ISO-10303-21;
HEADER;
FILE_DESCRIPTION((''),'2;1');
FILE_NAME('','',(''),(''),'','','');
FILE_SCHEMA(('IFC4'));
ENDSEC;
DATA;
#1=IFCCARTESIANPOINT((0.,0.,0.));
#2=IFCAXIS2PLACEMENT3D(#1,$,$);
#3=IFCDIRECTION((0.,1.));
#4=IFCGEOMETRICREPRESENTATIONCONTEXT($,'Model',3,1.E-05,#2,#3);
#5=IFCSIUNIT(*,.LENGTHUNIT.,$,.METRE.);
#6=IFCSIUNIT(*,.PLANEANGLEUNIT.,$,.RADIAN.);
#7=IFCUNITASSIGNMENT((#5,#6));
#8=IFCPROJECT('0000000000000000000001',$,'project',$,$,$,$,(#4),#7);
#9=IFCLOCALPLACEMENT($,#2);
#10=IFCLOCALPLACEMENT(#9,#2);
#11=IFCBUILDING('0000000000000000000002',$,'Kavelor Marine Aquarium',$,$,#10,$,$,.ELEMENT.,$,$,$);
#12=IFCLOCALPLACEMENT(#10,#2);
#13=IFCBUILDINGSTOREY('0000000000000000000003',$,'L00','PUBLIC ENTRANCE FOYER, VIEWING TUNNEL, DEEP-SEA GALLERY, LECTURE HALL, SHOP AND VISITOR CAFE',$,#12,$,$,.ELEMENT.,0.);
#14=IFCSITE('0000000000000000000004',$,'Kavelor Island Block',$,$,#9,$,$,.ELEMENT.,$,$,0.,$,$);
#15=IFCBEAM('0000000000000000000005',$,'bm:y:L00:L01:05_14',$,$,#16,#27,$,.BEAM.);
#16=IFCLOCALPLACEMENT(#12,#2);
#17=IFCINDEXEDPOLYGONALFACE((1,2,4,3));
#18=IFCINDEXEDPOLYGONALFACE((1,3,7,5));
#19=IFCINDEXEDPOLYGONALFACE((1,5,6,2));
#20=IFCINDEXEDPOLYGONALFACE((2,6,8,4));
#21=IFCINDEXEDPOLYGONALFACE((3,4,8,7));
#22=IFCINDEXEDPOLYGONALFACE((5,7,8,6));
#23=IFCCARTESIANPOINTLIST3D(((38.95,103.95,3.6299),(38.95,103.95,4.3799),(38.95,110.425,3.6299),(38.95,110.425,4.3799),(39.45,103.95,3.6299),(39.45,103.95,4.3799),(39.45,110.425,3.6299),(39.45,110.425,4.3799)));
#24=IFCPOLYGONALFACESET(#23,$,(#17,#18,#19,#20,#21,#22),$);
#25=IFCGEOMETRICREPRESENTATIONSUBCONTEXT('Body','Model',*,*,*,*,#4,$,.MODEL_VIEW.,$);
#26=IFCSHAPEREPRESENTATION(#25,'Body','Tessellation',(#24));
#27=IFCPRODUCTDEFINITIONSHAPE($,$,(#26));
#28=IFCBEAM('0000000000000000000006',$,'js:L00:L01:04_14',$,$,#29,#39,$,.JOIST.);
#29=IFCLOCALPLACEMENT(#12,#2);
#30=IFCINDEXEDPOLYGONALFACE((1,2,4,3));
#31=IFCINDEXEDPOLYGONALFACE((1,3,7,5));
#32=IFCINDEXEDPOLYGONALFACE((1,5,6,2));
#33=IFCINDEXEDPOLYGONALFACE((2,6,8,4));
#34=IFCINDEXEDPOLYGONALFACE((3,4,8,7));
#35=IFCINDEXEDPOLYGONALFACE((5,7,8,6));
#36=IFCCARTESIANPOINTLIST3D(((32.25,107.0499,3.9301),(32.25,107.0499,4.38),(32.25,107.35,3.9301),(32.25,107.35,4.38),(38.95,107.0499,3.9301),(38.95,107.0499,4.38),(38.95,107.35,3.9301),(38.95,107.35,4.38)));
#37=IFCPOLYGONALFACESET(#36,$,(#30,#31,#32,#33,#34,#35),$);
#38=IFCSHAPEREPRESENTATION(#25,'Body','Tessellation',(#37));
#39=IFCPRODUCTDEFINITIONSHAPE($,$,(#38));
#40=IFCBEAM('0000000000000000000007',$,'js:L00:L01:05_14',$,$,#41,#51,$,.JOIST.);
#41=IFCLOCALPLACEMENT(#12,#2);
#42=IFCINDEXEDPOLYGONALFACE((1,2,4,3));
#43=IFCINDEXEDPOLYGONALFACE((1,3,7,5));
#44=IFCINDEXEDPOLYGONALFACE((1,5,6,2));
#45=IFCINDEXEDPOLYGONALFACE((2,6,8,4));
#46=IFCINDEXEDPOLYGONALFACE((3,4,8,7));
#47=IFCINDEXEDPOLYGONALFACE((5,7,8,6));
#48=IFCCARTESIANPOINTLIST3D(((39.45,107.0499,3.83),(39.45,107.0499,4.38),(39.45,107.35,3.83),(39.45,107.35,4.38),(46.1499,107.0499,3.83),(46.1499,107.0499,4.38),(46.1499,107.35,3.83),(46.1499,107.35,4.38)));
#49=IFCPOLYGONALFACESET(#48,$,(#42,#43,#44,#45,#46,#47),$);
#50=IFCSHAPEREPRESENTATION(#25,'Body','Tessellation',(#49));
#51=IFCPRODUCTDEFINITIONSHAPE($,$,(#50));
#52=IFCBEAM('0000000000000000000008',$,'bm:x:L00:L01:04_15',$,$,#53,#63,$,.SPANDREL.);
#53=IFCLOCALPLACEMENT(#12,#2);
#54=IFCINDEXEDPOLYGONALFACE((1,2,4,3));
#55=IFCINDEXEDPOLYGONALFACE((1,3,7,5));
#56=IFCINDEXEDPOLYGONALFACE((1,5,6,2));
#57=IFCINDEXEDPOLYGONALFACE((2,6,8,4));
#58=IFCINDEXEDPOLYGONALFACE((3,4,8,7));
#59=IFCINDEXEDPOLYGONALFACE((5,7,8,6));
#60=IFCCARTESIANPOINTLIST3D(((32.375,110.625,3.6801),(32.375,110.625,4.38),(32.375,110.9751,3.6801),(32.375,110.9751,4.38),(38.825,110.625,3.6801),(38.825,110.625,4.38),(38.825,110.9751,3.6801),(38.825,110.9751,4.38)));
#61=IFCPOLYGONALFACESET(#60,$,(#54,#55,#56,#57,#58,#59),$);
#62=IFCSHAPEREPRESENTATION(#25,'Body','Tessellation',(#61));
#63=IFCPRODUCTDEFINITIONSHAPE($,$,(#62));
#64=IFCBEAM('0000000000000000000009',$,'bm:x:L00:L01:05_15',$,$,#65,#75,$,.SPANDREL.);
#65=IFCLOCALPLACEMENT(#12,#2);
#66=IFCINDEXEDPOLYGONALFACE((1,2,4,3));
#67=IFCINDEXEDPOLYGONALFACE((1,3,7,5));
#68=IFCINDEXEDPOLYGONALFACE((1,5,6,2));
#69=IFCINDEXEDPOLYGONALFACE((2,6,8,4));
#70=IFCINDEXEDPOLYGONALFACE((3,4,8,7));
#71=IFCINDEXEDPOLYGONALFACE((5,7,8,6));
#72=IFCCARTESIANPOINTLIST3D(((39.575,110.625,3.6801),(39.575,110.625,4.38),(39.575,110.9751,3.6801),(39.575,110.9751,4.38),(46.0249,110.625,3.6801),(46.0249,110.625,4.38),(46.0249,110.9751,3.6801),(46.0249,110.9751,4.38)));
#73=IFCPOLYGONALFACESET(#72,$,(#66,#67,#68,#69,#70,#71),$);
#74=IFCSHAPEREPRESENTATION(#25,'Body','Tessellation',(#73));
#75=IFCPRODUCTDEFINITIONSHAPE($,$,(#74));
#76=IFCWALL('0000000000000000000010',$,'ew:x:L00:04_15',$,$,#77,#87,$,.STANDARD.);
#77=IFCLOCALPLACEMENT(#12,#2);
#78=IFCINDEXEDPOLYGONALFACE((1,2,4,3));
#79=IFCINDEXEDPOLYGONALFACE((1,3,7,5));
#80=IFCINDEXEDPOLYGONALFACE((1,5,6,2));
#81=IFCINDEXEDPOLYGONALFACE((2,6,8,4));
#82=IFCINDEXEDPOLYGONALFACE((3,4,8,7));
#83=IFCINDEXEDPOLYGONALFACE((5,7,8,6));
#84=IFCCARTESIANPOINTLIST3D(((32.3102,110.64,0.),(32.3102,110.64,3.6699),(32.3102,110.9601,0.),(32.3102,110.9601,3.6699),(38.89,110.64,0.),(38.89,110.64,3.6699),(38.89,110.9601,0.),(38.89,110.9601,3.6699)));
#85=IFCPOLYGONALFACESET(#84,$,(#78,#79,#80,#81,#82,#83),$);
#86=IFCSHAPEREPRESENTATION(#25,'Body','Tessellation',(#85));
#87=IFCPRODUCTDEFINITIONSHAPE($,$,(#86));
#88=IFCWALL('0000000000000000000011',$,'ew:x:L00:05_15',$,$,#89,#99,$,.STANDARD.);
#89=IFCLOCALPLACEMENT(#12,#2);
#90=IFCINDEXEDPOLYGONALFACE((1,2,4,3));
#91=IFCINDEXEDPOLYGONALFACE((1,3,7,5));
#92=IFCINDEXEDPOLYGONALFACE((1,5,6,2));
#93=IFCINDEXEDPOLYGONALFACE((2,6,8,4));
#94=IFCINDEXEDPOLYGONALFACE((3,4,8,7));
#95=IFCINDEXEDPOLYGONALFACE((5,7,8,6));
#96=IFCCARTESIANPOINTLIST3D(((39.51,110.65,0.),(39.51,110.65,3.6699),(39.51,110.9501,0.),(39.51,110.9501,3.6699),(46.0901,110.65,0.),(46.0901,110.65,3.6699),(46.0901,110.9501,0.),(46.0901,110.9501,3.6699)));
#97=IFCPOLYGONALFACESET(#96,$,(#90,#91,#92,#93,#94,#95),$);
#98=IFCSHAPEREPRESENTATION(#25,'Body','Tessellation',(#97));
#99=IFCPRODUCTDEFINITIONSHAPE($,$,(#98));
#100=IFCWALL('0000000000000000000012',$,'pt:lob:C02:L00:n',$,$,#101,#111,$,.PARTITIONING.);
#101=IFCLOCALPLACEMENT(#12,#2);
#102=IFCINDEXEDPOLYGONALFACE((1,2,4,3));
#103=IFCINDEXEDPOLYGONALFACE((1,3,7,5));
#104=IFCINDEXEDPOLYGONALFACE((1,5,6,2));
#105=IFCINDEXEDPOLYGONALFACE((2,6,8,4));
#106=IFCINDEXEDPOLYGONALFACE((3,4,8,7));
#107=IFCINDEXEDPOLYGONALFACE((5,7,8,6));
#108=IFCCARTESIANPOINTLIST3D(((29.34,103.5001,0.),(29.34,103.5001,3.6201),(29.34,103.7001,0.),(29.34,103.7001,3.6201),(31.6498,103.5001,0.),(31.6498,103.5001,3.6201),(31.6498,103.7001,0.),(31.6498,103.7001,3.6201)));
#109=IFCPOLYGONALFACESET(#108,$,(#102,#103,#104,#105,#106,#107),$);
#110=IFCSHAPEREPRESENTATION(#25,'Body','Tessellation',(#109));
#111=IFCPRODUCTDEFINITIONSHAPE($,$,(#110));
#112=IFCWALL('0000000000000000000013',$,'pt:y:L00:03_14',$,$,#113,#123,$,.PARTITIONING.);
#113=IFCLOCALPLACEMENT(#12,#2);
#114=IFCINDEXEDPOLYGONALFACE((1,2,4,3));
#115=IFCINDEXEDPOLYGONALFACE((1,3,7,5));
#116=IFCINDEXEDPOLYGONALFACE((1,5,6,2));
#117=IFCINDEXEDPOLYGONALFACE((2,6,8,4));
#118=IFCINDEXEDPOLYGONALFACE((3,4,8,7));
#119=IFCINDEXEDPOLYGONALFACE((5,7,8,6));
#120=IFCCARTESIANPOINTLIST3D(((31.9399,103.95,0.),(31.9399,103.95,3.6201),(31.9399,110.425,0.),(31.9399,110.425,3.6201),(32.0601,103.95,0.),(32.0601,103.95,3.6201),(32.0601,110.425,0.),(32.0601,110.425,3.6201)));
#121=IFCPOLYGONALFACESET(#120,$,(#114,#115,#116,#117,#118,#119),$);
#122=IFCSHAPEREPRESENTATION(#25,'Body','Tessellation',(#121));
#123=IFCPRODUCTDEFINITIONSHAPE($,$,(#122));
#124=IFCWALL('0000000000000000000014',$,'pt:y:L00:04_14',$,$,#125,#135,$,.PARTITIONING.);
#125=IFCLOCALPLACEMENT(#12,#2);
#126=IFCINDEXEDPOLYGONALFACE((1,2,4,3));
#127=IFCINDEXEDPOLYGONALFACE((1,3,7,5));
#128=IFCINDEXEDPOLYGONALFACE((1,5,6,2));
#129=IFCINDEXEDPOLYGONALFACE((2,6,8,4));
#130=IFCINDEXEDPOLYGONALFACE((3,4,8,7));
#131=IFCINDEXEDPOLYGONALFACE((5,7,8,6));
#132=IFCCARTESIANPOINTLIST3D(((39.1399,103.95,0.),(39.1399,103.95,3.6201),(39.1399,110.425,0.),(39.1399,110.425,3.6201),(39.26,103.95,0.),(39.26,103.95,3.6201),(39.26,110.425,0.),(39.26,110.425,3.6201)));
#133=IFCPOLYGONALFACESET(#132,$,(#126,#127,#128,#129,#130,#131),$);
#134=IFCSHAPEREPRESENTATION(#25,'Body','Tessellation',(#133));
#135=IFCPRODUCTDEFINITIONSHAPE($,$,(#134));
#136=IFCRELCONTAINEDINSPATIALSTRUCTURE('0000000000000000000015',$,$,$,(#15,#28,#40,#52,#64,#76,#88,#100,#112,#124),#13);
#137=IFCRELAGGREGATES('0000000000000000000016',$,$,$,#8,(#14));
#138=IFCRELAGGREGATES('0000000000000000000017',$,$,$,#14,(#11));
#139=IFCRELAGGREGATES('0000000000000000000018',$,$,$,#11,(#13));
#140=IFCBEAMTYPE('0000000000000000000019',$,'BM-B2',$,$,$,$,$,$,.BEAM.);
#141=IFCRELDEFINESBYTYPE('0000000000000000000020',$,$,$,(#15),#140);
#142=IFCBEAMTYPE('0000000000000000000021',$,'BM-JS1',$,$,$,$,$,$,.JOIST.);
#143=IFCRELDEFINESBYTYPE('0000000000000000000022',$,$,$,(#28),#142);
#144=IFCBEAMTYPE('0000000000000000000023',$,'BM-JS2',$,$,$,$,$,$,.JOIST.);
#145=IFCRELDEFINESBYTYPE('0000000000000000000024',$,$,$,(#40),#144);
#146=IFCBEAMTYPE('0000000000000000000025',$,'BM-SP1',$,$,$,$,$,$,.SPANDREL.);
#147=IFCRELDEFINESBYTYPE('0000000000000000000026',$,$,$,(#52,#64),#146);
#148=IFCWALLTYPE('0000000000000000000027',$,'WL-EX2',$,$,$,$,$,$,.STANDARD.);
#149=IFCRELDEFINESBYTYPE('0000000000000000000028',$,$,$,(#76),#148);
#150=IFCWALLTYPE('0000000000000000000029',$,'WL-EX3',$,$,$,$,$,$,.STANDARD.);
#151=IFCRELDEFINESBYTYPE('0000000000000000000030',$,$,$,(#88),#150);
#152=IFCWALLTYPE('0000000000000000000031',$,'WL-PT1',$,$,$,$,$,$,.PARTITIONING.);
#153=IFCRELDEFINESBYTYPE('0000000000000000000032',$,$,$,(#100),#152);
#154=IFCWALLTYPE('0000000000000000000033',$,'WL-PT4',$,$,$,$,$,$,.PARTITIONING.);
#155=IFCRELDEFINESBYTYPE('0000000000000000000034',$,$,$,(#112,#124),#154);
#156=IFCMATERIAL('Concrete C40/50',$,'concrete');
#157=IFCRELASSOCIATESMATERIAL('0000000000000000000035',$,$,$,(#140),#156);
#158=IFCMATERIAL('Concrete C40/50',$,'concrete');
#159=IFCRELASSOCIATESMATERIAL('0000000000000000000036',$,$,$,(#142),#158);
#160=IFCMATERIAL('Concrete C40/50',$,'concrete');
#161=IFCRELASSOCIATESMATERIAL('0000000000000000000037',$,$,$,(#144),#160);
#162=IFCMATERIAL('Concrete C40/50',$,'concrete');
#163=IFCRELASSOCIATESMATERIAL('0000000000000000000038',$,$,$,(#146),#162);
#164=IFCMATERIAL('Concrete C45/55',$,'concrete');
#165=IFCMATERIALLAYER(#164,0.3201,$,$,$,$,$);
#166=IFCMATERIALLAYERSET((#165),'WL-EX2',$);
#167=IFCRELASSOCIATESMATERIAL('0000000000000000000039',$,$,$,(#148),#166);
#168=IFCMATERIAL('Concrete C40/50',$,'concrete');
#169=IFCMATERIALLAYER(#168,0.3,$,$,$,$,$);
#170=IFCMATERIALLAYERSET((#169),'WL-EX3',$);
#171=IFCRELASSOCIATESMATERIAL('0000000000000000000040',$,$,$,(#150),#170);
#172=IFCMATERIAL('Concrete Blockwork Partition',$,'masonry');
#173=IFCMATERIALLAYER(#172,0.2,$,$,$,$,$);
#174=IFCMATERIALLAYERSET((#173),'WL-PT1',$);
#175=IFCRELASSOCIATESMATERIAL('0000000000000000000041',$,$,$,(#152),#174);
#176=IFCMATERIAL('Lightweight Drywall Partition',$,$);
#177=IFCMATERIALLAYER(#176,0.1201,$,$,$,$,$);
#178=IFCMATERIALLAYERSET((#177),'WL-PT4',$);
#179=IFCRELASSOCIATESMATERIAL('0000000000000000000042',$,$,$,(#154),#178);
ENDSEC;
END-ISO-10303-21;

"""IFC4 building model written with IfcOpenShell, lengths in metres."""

from ifc_helpers import new_model, si_unit, direction, frame, frame_2d, origin, origin_2d, place, context, subcontext, project, spatial, rectangle, extrude, material, layer, layer_set, material_profile, profile_set, type_object, element, save


model = new_model("IFC4")

# Units and contexts
model_context = context("Model", 3, precision=1e-05, world=origin(), true_north=direction((0.0, 1.0)))
body_context = subcontext(model_context, "Body", "Model", "MODEL_VIEW")
ifc_project = project(units=[si_unit("LENGTHUNIT", "METRE"), si_unit("PLANEANGLEUNIT", "RADIAN")], contexts=[model_context])

# Site, building, storey
site_placement = place(None, origin())
site = spatial("IfcSite", under=ifc_project, at=site_placement, Name="Kavelor Island Block", CompositionType="ELEMENT", RefElevation=0.0)
building_placement = place(site_placement, origin())
building = spatial("IfcBuilding", under=site, at=building_placement, Name="Kavelor Marine Aquarium", CompositionType="ELEMENT")
storey_placement = place(building_placement, origin())
storey = spatial("IfcBuildingStorey", under=building, at=storey_placement, Name="L00", Description="PUBLIC ENTRANCE FOYER, VIEWING TUNNEL, DEEP-SEA GALLERY, LECTURE HALL, SHOP AND VISITOR CAFE", CompositionType="ELEMENT", Elevation=0.0)

# Beams
ifc_material_1 = material(Name="Concrete C40/50", Category="concrete")
ifc_material_profile_1 = material_profile(ifc_material_1, rectangle(XDim=0.5, YDim=0.75, at=origin_2d()), Name="RC-BM 500x750")
ifc_profile_set_1 = profile_set([ifc_material_profile_1], Name="Concrete C40/50")
beam_type_1 = type_object("IfcBeamType", Name="BM-B2", PredefinedType="BEAM", material=ifc_profile_set_1)
for number, where, z_axis, x_axis, name in (
    (1, (39.2, 103.95, 4.0049), (0.0, 1.0, 0.0), (-1.0, 0.0, 0.0), "bm:y:L00:L01:05_14"),
):
    element("IfcBeam", number, at=place(storey_placement, frame(where, z_axis=z_axis, x_axis=x_axis)), inside=storey, type_object=beam_type_1, Name=name, PredefinedType="BEAM", context=body_context, shape_type="SweptSolid", body=[
        extrude(rectangle(XDim=0.5, YDim=0.75, at=origin_2d()), origin(), (0.0, 0.0, 1.0), 6.4751),
    ])
ifc_material_2 = material(Name="Concrete C40/50", Category="concrete")
ifc_material_profile_2 = material_profile(ifc_material_2, rectangle(XDim=0.3, YDim=0.45, at=origin_2d()), Name="RC-JS 300x450")
ifc_profile_set_2 = profile_set([ifc_material_profile_2], Name="Concrete C40/50")
beam_type_2 = type_object("IfcBeamType", Name="BM-JS1", PredefinedType="JOIST", material=ifc_profile_set_2)
beam_1_placement = place(storey_placement, frame((32.25, 107.2, 4.155), z_axis=(1.0, 0.0, 0.0), x_axis=(0.0, 1.0, 0.0)))
element("IfcBeam", 2, at=beam_1_placement, inside=storey, type_object=beam_type_2, Name="js:L00:L01:04_14", PredefinedType="JOIST", context=body_context, shape_type="SweptSolid", body=[
    extrude(rectangle(XDim=0.3, YDim=0.45, at=origin_2d()), origin(), (0.0, 0.0, 1.0), 6.7),
])
ifc_material_3 = material(Name="Concrete C40/50", Category="concrete")
ifc_material_profile_3 = material_profile(ifc_material_3, rectangle(XDim=0.3, YDim=0.55, at=origin_2d()), Name="RC-JS 300x550")
ifc_profile_set_3 = profile_set([ifc_material_profile_3], Name="Concrete C40/50")
beam_type_3 = type_object("IfcBeamType", Name="BM-JS2", PredefinedType="JOIST", material=ifc_profile_set_3)
beam_2_placement = place(storey_placement, frame((39.45, 107.2, 4.105), z_axis=(1.0, 0.0, 0.0), x_axis=(0.0, 1.0, 0.0)))
element("IfcBeam", 3, at=beam_2_placement, inside=storey, type_object=beam_type_3, Name="js:L00:L01:05_14", PredefinedType="JOIST", context=body_context, shape_type="SweptSolid", body=[
    extrude(rectangle(XDim=0.3, YDim=0.55, at=origin_2d()), origin(), (0.0, 0.0, 1.0), 6.7),
])
ifc_material_4 = material(Name="Concrete C40/50", Category="concrete")
ifc_material_profile_4 = material_profile(ifc_material_4, rectangle(XDim=0.3501, YDim=0.7, at=origin_2d()), Name="RC-SP 350x700")
ifc_profile_set_4 = profile_set([ifc_material_profile_4], Name="Concrete C40/50")
beam_type_4 = type_object("IfcBeamType", Name="BM-SP1", PredefinedType="SPANDREL", material=ifc_profile_set_4)
for number, where, z_axis, x_axis, name in (
    (4, (32.375, 110.8, 4.03), (1.0, 0.0, 0.0), (0.0, 1.0, 0.0), "bm:x:L00:L01:04_15"),
    (5, (39.575, 110.8, 4.03), (1.0, 0.0, 0.0), (0.0, 1.0, 0.0), "bm:x:L00:L01:05_15"),
):
    element("IfcBeam", number, at=place(storey_placement, frame(where, z_axis=z_axis, x_axis=x_axis)), inside=storey, type_object=beam_type_4, Name=name, PredefinedType="SPANDREL", context=body_context, shape_type="SweptSolid", body=[
        extrude(rectangle(XDim=0.3501, YDim=0.7, at=origin_2d()), origin(), (0.0, 0.0, 1.0), 6.45),
    ])

# Walls
ifc_material_5 = material(Name="Concrete C45/55", Category="concrete")
ifc_layer_1 = layer(ifc_material_5, 0.3201)
ifc_layer_set_1 = layer_set([ifc_layer_1], Name="WL-EX2")
wall_type_1 = type_object("IfcWallType", Name="WL-EX2", PredefinedType="STANDARD", material=ifc_layer_set_1)
wall_1_placement = place(storey_placement, frame((32.3101, 110.8, 0.0), z_axis=(0.0, 0.0, 1.0), x_axis=(1.0, 0.0, 0.0)))
element("IfcWall", 6, at=wall_1_placement, inside=storey, type_object=wall_type_1, Name="ew:x:L00:04_15", PredefinedType="STANDARD", context=body_context, shape_type="SweptSolid", body=[
    extrude(rectangle(XDim=6.5798, YDim=0.3201, at=frame_2d((3.29, 0.0))), origin(), (0.0, 0.0, 1.0), 3.6699),
])
ifc_material_6 = material(Name="Concrete C40/50", Category="concrete")
ifc_layer_2 = layer(ifc_material_6, 0.3)
ifc_layer_set_2 = layer_set([ifc_layer_2], Name="WL-EX3")
wall_type_2 = type_object("IfcWallType", Name="WL-EX3", PredefinedType="STANDARD", material=ifc_layer_set_2)
wall_2_placement = place(storey_placement, frame((39.51, 110.8, 0.0), z_axis=(0.0, 0.0, 1.0), x_axis=(1.0, 0.0, 0.0)))
element("IfcWall", 7, at=wall_2_placement, inside=storey, type_object=wall_type_2, Name="ew:x:L00:05_15", PredefinedType="STANDARD", context=body_context, shape_type="SweptSolid", body=[
    extrude(rectangle(XDim=6.5801, YDim=0.3, at=frame_2d((3.29, 0.0))), origin(), (0.0, 0.0, 1.0), 3.6699),
])
ifc_material_7 = material(Name="Concrete Blockwork Partition", Category="masonry")
ifc_layer_3 = layer(ifc_material_7, 0.2)
ifc_layer_set_3 = layer_set([ifc_layer_3], Name="WL-PT1")
wall_type_3 = type_object("IfcWallType", Name="WL-PT1", PredefinedType="PARTITIONING", material=ifc_layer_set_3)
wall_3_placement = place(storey_placement, frame((29.3401, 103.6001, 0.0), z_axis=(0.0, 0.0, 1.0), x_axis=(1.0, 0.0, 0.0)))
element("IfcWall", 8, at=wall_3_placement, inside=storey, type_object=wall_type_3, Name="pt:lob:C02:L00:n", PredefinedType="PARTITIONING", context=body_context, shape_type="SweptSolid", body=[
    extrude(rectangle(XDim=2.3098, YDim=0.2, at=frame_2d((1.1548, 0.0))), origin(), (0.0, 0.0, 1.0), 3.6201),
])
ifc_material_8 = material(Name="Lightweight Drywall Partition")
ifc_layer_4 = layer(ifc_material_8, 0.1201)
ifc_layer_set_4 = layer_set([ifc_layer_4], Name="WL-PT4")
wall_type_4 = type_object("IfcWallType", Name="WL-PT4", PredefinedType="PARTITIONING", material=ifc_layer_set_4)
for number, where, z_axis, x_axis, name in (
    (9, (32.0, 103.95, 0.0), (0.0, 0.0, 1.0), (0.0, 1.0, 0.0), "pt:y:L00:03_14"),
    (10, (39.2, 103.95, 0.0), (0.0, 0.0, 1.0), (0.0, 1.0, 0.0), "pt:y:L00:04_14"),
):
    element("IfcWall", number, at=place(storey_placement, frame(where, z_axis=z_axis, x_axis=x_axis)), inside=storey, type_object=wall_type_4, Name=name, PredefinedType="PARTITIONING", context=body_context, shape_type="SweptSolid", body=[
        extrude(rectangle(XDim=6.4751, YDim=0.1201, at=frame_2d((3.2375, 0.0))), origin(), (0.0, 0.0, 1.0), 3.6201),
    ])

save(model, "model.ifc")
